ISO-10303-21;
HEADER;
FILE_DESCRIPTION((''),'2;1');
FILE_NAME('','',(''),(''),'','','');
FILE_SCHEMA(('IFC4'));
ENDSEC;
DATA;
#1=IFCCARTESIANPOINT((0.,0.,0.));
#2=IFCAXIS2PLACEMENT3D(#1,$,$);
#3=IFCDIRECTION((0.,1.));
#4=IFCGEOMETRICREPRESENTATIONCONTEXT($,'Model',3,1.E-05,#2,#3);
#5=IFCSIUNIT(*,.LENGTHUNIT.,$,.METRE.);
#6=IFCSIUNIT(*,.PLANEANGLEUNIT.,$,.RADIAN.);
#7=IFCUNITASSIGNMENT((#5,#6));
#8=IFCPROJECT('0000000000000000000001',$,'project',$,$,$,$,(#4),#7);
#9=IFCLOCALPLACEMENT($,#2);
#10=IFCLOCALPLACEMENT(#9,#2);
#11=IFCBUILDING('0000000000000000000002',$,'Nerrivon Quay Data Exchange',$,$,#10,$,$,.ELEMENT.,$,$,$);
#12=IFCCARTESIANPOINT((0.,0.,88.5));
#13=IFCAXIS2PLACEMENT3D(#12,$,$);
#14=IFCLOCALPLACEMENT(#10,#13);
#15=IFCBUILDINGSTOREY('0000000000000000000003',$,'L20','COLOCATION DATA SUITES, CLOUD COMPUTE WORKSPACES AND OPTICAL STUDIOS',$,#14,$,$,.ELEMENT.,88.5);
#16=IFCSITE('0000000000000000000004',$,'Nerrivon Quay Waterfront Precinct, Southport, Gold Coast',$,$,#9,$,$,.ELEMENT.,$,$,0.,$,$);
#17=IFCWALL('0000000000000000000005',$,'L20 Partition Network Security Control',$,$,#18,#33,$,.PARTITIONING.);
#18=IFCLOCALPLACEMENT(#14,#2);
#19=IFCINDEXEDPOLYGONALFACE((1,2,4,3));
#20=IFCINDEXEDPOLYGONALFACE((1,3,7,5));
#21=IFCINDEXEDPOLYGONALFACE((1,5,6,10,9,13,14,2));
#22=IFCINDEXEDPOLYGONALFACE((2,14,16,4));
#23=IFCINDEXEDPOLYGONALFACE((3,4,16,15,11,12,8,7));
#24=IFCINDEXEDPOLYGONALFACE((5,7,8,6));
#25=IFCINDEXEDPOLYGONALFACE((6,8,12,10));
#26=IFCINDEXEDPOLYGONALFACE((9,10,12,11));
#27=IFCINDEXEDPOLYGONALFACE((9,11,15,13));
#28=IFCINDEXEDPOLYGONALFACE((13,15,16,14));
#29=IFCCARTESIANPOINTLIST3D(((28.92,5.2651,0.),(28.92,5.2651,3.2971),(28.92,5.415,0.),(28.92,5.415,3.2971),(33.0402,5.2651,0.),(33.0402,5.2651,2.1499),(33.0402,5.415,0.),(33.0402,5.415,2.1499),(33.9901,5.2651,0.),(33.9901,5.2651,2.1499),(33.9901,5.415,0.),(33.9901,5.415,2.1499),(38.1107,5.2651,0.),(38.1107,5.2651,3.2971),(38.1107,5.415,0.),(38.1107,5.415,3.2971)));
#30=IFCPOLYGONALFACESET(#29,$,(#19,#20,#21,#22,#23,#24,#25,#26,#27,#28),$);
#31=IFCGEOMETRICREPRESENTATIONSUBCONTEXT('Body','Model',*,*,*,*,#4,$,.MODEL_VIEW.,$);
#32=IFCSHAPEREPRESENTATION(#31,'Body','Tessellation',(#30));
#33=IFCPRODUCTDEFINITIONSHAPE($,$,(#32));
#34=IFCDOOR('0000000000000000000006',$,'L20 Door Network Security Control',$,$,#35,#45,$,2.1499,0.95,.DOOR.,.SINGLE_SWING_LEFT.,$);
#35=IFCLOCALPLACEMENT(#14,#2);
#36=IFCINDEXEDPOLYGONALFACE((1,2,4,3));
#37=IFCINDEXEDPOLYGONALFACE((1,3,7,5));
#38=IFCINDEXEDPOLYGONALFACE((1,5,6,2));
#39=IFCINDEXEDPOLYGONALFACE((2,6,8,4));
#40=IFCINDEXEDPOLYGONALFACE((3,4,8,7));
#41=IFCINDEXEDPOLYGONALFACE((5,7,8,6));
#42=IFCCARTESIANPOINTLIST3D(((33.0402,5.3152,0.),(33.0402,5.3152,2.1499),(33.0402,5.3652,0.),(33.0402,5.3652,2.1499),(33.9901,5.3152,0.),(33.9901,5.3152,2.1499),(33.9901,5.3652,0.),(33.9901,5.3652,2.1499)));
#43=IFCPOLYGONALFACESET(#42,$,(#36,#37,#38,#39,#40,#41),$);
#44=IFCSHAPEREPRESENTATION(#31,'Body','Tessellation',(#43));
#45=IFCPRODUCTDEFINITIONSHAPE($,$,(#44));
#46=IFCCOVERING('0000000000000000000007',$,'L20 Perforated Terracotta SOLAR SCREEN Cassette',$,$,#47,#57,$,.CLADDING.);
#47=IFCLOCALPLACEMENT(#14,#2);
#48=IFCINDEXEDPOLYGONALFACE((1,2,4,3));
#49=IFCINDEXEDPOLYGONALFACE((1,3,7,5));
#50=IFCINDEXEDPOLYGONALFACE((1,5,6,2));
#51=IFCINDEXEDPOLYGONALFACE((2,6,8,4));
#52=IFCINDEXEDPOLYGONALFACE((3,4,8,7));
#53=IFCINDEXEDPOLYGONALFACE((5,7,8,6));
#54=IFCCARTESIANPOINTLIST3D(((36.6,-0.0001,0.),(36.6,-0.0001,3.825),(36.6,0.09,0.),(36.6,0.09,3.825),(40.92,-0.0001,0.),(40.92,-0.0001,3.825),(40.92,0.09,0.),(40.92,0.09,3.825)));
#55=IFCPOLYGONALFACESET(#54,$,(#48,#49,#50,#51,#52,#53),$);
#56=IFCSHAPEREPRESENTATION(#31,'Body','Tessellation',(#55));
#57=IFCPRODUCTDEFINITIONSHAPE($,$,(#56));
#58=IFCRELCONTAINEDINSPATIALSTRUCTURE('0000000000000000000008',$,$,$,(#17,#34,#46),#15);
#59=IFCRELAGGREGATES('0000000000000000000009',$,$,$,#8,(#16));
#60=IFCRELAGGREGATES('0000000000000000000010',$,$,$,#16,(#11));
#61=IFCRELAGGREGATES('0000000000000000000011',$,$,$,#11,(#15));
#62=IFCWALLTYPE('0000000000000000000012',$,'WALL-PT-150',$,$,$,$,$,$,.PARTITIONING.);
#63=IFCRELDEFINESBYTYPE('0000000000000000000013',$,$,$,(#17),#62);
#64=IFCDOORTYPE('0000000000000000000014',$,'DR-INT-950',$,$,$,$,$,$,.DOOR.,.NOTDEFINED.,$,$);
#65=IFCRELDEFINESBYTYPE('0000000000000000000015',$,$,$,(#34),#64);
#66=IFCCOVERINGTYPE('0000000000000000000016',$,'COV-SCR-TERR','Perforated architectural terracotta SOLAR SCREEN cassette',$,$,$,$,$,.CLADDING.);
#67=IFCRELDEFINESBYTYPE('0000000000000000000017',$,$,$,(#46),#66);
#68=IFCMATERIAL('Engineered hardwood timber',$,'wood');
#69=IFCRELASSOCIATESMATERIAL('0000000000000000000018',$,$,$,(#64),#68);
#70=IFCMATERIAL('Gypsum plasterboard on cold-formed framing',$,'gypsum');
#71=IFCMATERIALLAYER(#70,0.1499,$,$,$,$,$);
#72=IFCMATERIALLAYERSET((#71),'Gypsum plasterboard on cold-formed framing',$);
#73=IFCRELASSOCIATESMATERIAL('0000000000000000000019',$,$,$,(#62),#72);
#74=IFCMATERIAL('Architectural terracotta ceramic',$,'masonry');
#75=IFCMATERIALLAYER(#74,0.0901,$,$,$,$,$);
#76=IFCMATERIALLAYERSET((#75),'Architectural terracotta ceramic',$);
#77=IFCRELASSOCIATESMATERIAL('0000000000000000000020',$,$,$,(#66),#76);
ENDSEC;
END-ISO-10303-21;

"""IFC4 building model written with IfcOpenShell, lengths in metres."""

from ifc_helpers import new_model, si_unit, direction, frame, frame_2d, origin, origin_2d, place, context, subcontext, project, spatial, rectangle, extrude, material, layer, layer_set, type_object, element, fill, save


model = new_model("IFC4")

# Units and contexts
model_context = context("Model", 3, precision=1e-05, world=origin(), true_north=direction((0.0, 1.0)))
body_context = subcontext(model_context, "Body", "Model", "MODEL_VIEW")
ifc_project = project(units=[si_unit("LENGTHUNIT", "METRE"), si_unit("PLANEANGLEUNIT", "RADIAN")], contexts=[model_context])

# Site, building, storey
site_placement = place(None, origin())
site = spatial("IfcSite", under=ifc_project, at=site_placement, Name="Nerrivon Quay Waterfront Precinct, Southport, Gold Coast", CompositionType="ELEMENT", RefElevation=0.0)
building_placement = place(site_placement, origin())
building = spatial("IfcBuilding", under=site, at=building_placement, Name="Nerrivon Quay Data Exchange", CompositionType="ELEMENT")
storey_placement = place(building_placement, frame((0.0, 0.0, 88.5)))
storey = spatial("IfcBuildingStorey", under=building, at=storey_placement, Name="L20", Description="COLOCATION DATA SUITES, CLOUD COMPUTE WORKSPACES AND OPTICAL STUDIOS", CompositionType="ELEMENT", Elevation=88.5)

# Shared definitions
ifc_material_1 = material(Name="Gypsum plasterboard on cold-formed framing", Category="gypsum")

# Shared definitions
ifc_material_2 = material(Name="Engineered hardwood timber", Category="wood")
door_type = type_object("IfcDoorType", Name="DR-INT-950", OperationType="NOTDEFINED", PredefinedType="DOOR", material=ifc_material_2)

# Wall, opening, door
ifc_layer_1 = layer(ifc_material_1, 0.1499)
ifc_layer_set_1 = layer_set([ifc_layer_1], Name="Gypsum plasterboard on cold-formed framing")
wall_type_1 = type_object("IfcWallType", Name="WALL-PT-150", PredefinedType="PARTITIONING", material=ifc_layer_set_1)
wall_1_placement = place(storey_placement, frame((38.1106, 5.3401, 0.0), z_axis=(0.0, 0.0, 1.0), x_axis=(-1.0, 0.0, 0.0)))
wall_1 = element("IfcWall", 1, at=wall_1_placement, inside=storey, type_object=wall_type_1, Name="L20 Partition Network Security Control", PredefinedType="PARTITIONING", context=body_context, shape_type="SweptSolid", body=[
    extrude(rectangle(XDim=9.1907, YDim=0.1499, at=frame_2d((4.5952, 0.0))), origin(), (0.0, 0.0, 1.0), 3.2971),
])
opening_1_placement = place(wall_1_placement, frame((4.1204, 0.0, 0.0)))
opening_1 = element("IfcOpeningElement", 2, at=opening_1_placement, cuts=wall_1, PredefinedType="OPENING", context=body_context, shape_type="SweptSolid", body=[
    extrude(rectangle(XDim=0.95, YDim=2.1499, at=frame_2d((0.4751, 1.075))), frame((0.0, 0.085, 0.0), z_axis=(0.0, -1.0, 0.0), x_axis=(1.0, 0.0, 0.0)), (0.0, 0.0, 1.0), 0.1699),
])
door_1_placement = place(opening_1_placement, origin())
door_1 = element("IfcDoor", 3, at=door_1_placement, inside=storey, type_object=door_type, Name="L20 Door Network Security Control", OperationType="SINGLE_SWING_LEFT", OverallHeight=2.1499, OverallWidth=0.95, PredefinedType="DOOR", context=body_context, shape_type="SweptSolid", body=[
    extrude(rectangle(XDim=0.95, YDim=2.1499, at=frame_2d((0.4751, 1.075))), frame((0.0, 0.0249, 0.0), z_axis=(0.0, -1.0, 0.0), x_axis=(1.0, 0.0, 0.0)), (0.0, 0.0, 1.0), 0.05),
])
fill(opening_1, door_1)

# Covering
ifc_material_3 = material(Name="Architectural terracotta ceramic", Category="masonry")
ifc_layer_2 = layer(ifc_material_3, 0.0901)
ifc_layer_set_2 = layer_set([ifc_layer_2], Name="Architectural terracotta ceramic")
covering_type = type_object("IfcCoveringType", Name="COV-SCR-TERR", Description="Perforated architectural terracotta SOLAR SCREEN cassette", PredefinedType="CLADDING", material=ifc_layer_set_2)
covering_placement = place(storey_placement, frame((38.76, 0.0449, 0.0), z_axis=(0.0, 0.0, 1.0), x_axis=(-1.0, 0.0, 0.0)))
element("IfcCovering", 4, at=covering_placement, inside=storey, type_object=covering_type, Name="L20 Perforated Terracotta SOLAR SCREEN Cassette", PredefinedType="CLADDING", context=body_context, shape_type="SweptSolid", body=[
    extrude(rectangle(XDim=4.3201, YDim=0.0901, at=origin_2d()), origin(), (0.0, 0.0, 1.0), 3.825),
])

save(model, "model.ifc")
